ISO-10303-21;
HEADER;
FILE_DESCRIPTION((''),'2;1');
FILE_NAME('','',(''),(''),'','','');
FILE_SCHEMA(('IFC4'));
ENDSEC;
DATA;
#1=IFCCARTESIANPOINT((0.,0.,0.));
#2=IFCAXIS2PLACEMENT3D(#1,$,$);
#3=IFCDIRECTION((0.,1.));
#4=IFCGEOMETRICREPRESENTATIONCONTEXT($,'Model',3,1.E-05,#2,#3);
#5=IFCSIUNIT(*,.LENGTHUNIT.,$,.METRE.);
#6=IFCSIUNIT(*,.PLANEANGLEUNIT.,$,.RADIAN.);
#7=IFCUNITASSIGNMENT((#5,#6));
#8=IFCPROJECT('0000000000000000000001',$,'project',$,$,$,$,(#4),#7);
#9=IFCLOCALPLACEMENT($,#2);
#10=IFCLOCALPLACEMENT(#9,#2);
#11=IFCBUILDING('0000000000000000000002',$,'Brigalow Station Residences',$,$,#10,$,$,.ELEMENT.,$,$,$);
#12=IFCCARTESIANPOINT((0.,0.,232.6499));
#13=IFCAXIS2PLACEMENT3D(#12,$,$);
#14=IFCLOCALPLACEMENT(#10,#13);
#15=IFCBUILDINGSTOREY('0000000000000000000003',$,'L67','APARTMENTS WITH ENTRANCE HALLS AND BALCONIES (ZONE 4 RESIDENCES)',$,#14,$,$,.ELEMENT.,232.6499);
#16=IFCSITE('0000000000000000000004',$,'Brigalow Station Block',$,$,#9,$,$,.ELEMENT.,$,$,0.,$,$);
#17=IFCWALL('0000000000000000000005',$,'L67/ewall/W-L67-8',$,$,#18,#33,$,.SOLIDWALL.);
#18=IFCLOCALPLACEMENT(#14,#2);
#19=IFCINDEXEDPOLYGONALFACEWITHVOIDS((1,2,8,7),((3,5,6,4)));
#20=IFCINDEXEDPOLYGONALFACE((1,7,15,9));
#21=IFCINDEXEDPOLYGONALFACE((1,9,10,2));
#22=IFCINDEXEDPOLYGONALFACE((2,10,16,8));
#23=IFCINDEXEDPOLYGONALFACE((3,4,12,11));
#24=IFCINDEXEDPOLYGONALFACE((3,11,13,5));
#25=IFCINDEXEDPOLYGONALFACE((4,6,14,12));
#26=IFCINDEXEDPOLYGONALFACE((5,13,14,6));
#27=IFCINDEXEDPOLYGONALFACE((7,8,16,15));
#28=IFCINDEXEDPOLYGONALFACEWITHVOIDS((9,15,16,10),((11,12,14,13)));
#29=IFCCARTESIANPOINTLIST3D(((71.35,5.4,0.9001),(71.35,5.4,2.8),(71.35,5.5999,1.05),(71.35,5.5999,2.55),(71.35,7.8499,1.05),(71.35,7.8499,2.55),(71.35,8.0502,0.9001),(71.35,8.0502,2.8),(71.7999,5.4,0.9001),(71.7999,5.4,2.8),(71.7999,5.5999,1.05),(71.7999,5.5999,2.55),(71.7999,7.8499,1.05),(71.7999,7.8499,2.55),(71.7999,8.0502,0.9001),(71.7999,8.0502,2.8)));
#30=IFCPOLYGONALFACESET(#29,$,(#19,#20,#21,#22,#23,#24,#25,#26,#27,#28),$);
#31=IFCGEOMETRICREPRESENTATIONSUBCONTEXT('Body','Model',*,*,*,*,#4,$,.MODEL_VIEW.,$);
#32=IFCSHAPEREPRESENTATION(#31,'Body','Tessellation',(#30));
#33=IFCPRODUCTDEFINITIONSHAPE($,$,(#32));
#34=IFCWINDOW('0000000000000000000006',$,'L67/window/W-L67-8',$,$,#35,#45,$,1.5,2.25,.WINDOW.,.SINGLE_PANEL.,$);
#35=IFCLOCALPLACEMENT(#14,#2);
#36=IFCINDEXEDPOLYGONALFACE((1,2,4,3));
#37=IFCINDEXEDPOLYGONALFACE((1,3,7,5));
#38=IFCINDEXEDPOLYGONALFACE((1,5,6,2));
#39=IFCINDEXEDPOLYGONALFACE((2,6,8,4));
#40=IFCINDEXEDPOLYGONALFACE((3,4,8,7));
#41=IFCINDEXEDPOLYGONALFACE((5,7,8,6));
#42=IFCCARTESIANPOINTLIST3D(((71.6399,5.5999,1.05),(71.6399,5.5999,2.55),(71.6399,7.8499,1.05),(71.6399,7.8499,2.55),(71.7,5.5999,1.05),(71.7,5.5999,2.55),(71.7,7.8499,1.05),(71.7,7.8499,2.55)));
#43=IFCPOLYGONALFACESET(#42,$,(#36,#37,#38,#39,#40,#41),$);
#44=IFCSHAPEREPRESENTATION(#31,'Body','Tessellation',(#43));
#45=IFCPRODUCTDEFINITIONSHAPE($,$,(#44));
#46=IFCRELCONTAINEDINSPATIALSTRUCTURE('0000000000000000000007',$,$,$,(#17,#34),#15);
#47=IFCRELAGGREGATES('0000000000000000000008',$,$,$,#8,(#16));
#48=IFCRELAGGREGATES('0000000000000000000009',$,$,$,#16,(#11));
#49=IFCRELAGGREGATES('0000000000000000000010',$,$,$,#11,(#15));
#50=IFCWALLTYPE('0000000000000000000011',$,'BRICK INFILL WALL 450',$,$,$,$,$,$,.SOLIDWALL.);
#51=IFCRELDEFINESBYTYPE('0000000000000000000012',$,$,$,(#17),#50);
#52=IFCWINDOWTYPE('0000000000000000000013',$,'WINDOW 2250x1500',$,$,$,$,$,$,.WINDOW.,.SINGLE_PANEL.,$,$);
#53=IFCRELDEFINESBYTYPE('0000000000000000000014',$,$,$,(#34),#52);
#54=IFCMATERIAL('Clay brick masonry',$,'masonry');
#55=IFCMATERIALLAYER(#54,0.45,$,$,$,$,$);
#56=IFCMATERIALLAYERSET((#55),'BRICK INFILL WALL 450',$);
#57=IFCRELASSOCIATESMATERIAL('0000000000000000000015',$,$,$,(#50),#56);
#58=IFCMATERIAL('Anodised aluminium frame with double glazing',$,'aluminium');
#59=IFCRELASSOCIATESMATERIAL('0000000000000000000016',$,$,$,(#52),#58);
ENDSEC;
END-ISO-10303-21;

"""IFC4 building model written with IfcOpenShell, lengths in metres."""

from ifc_helpers import new_model, si_unit, direction, frame, frame_2d, origin, place, context, subcontext, project, spatial, rectangle, extrude, material, layer, layer_set, type_object, element, fill, save


model = new_model("IFC4")

# Units and contexts
model_context = context("Model", 3, precision=1e-05, world=origin(), true_north=direction((0.0, 1.0)))
body_context = subcontext(model_context, "Body", "Model", "MODEL_VIEW")
ifc_project = project(units=[si_unit("LENGTHUNIT", "METRE"), si_unit("PLANEANGLEUNIT", "RADIAN")], contexts=[model_context])

# Site, building, storey
site_placement = place(None, origin())
site = spatial("IfcSite", under=ifc_project, at=site_placement, Name="Brigalow Station Block", CompositionType="ELEMENT", RefElevation=0.0)
building_placement = place(site_placement, origin())
building = spatial("IfcBuilding", under=site, at=building_placement, Name="Brigalow Station Residences", CompositionType="ELEMENT")
storey_placement = place(building_placement, frame((0.0, 0.0, 232.6499)))
storey = spatial("IfcBuildingStorey", under=building, at=storey_placement, Name="L67", Description="APARTMENTS WITH ENTRANCE HALLS AND BALCONIES (ZONE 4 RESIDENCES)", CompositionType="ELEMENT", Elevation=232.6499)

# Wall, opening, window
ifc_material_1 = material(Name="Clay brick masonry", Category="masonry")
ifc_layer = layer(ifc_material_1, 0.45)
ifc_layer_set = layer_set([ifc_layer], Name="BRICK INFILL WALL 450")
wall_type = type_object("IfcWallType", Name="BRICK INFILL WALL 450", PredefinedType="SOLIDWALL", material=ifc_layer_set)
wall_1_placement = place(storey_placement, frame((71.575, 5.3999, 0.9001), z_axis=(0.0, 0.0, 1.0), x_axis=(0.0, 1.0, 0.0)))
wall_1 = element("IfcWall", 1, at=wall_1_placement, inside=storey, type_object=wall_type, Name="L67/ewall/W-L67-8", PredefinedType="SOLIDWALL", context=body_context, shape_type="SweptSolid", body=[
    extrude(rectangle(XDim=2.6501, YDim=0.45, at=frame_2d((1.3252, 0.0))), origin(), (0.0, 0.0, 1.0), 1.8999),
])
opening_1_placement = place(wall_1_placement, frame((0.2, 0.0, 0.1499)))
opening_1 = element("IfcOpeningElement", 2, at=opening_1_placement, cuts=wall_1, PredefinedType="OPENING", context=body_context, shape_type="SweptSolid", body=[
    extrude(rectangle(XDim=2.25, YDim=1.5, at=frame_2d((1.125, 0.75))), frame((0.0, 0.2349, 0.0), z_axis=(0.0, -1.0, 0.0), x_axis=(1.0, 0.0, 0.0)), (0.0, 0.0, 1.0), 0.47),
])
ifc_material_2 = material(Name="Anodised aluminium frame with double glazing", Category="aluminium")
window_type_1 = type_object("IfcWindowType", Name="WINDOW 2250x1500", PartitioningType="SINGLE_PANEL", PredefinedType="WINDOW", material=ifc_material_2)
window_1_placement = place(opening_1_placement, origin())
window_1 = element("IfcWindow", 3, at=window_1_placement, inside=storey, type_object=window_type_1, Name="L67/window/W-L67-8", OverallHeight=1.5, OverallWidth=2.25, PartitioningType="SINGLE_PANEL", PredefinedType="WINDOW", context=body_context, shape_type="SweptSolid", body=[
    extrude(rectangle(XDim=2.25, YDim=1.5, at=frame_2d((1.125, 0.75))), frame((0.0, -0.0649, 0.0), z_axis=(0.0, -1.0, 0.0), x_axis=(1.0, 0.0, 0.0)), (0.0, 0.0, 1.0), 0.0601),
])
fill(opening_1, window_1)

save(model, "model.ifc")
